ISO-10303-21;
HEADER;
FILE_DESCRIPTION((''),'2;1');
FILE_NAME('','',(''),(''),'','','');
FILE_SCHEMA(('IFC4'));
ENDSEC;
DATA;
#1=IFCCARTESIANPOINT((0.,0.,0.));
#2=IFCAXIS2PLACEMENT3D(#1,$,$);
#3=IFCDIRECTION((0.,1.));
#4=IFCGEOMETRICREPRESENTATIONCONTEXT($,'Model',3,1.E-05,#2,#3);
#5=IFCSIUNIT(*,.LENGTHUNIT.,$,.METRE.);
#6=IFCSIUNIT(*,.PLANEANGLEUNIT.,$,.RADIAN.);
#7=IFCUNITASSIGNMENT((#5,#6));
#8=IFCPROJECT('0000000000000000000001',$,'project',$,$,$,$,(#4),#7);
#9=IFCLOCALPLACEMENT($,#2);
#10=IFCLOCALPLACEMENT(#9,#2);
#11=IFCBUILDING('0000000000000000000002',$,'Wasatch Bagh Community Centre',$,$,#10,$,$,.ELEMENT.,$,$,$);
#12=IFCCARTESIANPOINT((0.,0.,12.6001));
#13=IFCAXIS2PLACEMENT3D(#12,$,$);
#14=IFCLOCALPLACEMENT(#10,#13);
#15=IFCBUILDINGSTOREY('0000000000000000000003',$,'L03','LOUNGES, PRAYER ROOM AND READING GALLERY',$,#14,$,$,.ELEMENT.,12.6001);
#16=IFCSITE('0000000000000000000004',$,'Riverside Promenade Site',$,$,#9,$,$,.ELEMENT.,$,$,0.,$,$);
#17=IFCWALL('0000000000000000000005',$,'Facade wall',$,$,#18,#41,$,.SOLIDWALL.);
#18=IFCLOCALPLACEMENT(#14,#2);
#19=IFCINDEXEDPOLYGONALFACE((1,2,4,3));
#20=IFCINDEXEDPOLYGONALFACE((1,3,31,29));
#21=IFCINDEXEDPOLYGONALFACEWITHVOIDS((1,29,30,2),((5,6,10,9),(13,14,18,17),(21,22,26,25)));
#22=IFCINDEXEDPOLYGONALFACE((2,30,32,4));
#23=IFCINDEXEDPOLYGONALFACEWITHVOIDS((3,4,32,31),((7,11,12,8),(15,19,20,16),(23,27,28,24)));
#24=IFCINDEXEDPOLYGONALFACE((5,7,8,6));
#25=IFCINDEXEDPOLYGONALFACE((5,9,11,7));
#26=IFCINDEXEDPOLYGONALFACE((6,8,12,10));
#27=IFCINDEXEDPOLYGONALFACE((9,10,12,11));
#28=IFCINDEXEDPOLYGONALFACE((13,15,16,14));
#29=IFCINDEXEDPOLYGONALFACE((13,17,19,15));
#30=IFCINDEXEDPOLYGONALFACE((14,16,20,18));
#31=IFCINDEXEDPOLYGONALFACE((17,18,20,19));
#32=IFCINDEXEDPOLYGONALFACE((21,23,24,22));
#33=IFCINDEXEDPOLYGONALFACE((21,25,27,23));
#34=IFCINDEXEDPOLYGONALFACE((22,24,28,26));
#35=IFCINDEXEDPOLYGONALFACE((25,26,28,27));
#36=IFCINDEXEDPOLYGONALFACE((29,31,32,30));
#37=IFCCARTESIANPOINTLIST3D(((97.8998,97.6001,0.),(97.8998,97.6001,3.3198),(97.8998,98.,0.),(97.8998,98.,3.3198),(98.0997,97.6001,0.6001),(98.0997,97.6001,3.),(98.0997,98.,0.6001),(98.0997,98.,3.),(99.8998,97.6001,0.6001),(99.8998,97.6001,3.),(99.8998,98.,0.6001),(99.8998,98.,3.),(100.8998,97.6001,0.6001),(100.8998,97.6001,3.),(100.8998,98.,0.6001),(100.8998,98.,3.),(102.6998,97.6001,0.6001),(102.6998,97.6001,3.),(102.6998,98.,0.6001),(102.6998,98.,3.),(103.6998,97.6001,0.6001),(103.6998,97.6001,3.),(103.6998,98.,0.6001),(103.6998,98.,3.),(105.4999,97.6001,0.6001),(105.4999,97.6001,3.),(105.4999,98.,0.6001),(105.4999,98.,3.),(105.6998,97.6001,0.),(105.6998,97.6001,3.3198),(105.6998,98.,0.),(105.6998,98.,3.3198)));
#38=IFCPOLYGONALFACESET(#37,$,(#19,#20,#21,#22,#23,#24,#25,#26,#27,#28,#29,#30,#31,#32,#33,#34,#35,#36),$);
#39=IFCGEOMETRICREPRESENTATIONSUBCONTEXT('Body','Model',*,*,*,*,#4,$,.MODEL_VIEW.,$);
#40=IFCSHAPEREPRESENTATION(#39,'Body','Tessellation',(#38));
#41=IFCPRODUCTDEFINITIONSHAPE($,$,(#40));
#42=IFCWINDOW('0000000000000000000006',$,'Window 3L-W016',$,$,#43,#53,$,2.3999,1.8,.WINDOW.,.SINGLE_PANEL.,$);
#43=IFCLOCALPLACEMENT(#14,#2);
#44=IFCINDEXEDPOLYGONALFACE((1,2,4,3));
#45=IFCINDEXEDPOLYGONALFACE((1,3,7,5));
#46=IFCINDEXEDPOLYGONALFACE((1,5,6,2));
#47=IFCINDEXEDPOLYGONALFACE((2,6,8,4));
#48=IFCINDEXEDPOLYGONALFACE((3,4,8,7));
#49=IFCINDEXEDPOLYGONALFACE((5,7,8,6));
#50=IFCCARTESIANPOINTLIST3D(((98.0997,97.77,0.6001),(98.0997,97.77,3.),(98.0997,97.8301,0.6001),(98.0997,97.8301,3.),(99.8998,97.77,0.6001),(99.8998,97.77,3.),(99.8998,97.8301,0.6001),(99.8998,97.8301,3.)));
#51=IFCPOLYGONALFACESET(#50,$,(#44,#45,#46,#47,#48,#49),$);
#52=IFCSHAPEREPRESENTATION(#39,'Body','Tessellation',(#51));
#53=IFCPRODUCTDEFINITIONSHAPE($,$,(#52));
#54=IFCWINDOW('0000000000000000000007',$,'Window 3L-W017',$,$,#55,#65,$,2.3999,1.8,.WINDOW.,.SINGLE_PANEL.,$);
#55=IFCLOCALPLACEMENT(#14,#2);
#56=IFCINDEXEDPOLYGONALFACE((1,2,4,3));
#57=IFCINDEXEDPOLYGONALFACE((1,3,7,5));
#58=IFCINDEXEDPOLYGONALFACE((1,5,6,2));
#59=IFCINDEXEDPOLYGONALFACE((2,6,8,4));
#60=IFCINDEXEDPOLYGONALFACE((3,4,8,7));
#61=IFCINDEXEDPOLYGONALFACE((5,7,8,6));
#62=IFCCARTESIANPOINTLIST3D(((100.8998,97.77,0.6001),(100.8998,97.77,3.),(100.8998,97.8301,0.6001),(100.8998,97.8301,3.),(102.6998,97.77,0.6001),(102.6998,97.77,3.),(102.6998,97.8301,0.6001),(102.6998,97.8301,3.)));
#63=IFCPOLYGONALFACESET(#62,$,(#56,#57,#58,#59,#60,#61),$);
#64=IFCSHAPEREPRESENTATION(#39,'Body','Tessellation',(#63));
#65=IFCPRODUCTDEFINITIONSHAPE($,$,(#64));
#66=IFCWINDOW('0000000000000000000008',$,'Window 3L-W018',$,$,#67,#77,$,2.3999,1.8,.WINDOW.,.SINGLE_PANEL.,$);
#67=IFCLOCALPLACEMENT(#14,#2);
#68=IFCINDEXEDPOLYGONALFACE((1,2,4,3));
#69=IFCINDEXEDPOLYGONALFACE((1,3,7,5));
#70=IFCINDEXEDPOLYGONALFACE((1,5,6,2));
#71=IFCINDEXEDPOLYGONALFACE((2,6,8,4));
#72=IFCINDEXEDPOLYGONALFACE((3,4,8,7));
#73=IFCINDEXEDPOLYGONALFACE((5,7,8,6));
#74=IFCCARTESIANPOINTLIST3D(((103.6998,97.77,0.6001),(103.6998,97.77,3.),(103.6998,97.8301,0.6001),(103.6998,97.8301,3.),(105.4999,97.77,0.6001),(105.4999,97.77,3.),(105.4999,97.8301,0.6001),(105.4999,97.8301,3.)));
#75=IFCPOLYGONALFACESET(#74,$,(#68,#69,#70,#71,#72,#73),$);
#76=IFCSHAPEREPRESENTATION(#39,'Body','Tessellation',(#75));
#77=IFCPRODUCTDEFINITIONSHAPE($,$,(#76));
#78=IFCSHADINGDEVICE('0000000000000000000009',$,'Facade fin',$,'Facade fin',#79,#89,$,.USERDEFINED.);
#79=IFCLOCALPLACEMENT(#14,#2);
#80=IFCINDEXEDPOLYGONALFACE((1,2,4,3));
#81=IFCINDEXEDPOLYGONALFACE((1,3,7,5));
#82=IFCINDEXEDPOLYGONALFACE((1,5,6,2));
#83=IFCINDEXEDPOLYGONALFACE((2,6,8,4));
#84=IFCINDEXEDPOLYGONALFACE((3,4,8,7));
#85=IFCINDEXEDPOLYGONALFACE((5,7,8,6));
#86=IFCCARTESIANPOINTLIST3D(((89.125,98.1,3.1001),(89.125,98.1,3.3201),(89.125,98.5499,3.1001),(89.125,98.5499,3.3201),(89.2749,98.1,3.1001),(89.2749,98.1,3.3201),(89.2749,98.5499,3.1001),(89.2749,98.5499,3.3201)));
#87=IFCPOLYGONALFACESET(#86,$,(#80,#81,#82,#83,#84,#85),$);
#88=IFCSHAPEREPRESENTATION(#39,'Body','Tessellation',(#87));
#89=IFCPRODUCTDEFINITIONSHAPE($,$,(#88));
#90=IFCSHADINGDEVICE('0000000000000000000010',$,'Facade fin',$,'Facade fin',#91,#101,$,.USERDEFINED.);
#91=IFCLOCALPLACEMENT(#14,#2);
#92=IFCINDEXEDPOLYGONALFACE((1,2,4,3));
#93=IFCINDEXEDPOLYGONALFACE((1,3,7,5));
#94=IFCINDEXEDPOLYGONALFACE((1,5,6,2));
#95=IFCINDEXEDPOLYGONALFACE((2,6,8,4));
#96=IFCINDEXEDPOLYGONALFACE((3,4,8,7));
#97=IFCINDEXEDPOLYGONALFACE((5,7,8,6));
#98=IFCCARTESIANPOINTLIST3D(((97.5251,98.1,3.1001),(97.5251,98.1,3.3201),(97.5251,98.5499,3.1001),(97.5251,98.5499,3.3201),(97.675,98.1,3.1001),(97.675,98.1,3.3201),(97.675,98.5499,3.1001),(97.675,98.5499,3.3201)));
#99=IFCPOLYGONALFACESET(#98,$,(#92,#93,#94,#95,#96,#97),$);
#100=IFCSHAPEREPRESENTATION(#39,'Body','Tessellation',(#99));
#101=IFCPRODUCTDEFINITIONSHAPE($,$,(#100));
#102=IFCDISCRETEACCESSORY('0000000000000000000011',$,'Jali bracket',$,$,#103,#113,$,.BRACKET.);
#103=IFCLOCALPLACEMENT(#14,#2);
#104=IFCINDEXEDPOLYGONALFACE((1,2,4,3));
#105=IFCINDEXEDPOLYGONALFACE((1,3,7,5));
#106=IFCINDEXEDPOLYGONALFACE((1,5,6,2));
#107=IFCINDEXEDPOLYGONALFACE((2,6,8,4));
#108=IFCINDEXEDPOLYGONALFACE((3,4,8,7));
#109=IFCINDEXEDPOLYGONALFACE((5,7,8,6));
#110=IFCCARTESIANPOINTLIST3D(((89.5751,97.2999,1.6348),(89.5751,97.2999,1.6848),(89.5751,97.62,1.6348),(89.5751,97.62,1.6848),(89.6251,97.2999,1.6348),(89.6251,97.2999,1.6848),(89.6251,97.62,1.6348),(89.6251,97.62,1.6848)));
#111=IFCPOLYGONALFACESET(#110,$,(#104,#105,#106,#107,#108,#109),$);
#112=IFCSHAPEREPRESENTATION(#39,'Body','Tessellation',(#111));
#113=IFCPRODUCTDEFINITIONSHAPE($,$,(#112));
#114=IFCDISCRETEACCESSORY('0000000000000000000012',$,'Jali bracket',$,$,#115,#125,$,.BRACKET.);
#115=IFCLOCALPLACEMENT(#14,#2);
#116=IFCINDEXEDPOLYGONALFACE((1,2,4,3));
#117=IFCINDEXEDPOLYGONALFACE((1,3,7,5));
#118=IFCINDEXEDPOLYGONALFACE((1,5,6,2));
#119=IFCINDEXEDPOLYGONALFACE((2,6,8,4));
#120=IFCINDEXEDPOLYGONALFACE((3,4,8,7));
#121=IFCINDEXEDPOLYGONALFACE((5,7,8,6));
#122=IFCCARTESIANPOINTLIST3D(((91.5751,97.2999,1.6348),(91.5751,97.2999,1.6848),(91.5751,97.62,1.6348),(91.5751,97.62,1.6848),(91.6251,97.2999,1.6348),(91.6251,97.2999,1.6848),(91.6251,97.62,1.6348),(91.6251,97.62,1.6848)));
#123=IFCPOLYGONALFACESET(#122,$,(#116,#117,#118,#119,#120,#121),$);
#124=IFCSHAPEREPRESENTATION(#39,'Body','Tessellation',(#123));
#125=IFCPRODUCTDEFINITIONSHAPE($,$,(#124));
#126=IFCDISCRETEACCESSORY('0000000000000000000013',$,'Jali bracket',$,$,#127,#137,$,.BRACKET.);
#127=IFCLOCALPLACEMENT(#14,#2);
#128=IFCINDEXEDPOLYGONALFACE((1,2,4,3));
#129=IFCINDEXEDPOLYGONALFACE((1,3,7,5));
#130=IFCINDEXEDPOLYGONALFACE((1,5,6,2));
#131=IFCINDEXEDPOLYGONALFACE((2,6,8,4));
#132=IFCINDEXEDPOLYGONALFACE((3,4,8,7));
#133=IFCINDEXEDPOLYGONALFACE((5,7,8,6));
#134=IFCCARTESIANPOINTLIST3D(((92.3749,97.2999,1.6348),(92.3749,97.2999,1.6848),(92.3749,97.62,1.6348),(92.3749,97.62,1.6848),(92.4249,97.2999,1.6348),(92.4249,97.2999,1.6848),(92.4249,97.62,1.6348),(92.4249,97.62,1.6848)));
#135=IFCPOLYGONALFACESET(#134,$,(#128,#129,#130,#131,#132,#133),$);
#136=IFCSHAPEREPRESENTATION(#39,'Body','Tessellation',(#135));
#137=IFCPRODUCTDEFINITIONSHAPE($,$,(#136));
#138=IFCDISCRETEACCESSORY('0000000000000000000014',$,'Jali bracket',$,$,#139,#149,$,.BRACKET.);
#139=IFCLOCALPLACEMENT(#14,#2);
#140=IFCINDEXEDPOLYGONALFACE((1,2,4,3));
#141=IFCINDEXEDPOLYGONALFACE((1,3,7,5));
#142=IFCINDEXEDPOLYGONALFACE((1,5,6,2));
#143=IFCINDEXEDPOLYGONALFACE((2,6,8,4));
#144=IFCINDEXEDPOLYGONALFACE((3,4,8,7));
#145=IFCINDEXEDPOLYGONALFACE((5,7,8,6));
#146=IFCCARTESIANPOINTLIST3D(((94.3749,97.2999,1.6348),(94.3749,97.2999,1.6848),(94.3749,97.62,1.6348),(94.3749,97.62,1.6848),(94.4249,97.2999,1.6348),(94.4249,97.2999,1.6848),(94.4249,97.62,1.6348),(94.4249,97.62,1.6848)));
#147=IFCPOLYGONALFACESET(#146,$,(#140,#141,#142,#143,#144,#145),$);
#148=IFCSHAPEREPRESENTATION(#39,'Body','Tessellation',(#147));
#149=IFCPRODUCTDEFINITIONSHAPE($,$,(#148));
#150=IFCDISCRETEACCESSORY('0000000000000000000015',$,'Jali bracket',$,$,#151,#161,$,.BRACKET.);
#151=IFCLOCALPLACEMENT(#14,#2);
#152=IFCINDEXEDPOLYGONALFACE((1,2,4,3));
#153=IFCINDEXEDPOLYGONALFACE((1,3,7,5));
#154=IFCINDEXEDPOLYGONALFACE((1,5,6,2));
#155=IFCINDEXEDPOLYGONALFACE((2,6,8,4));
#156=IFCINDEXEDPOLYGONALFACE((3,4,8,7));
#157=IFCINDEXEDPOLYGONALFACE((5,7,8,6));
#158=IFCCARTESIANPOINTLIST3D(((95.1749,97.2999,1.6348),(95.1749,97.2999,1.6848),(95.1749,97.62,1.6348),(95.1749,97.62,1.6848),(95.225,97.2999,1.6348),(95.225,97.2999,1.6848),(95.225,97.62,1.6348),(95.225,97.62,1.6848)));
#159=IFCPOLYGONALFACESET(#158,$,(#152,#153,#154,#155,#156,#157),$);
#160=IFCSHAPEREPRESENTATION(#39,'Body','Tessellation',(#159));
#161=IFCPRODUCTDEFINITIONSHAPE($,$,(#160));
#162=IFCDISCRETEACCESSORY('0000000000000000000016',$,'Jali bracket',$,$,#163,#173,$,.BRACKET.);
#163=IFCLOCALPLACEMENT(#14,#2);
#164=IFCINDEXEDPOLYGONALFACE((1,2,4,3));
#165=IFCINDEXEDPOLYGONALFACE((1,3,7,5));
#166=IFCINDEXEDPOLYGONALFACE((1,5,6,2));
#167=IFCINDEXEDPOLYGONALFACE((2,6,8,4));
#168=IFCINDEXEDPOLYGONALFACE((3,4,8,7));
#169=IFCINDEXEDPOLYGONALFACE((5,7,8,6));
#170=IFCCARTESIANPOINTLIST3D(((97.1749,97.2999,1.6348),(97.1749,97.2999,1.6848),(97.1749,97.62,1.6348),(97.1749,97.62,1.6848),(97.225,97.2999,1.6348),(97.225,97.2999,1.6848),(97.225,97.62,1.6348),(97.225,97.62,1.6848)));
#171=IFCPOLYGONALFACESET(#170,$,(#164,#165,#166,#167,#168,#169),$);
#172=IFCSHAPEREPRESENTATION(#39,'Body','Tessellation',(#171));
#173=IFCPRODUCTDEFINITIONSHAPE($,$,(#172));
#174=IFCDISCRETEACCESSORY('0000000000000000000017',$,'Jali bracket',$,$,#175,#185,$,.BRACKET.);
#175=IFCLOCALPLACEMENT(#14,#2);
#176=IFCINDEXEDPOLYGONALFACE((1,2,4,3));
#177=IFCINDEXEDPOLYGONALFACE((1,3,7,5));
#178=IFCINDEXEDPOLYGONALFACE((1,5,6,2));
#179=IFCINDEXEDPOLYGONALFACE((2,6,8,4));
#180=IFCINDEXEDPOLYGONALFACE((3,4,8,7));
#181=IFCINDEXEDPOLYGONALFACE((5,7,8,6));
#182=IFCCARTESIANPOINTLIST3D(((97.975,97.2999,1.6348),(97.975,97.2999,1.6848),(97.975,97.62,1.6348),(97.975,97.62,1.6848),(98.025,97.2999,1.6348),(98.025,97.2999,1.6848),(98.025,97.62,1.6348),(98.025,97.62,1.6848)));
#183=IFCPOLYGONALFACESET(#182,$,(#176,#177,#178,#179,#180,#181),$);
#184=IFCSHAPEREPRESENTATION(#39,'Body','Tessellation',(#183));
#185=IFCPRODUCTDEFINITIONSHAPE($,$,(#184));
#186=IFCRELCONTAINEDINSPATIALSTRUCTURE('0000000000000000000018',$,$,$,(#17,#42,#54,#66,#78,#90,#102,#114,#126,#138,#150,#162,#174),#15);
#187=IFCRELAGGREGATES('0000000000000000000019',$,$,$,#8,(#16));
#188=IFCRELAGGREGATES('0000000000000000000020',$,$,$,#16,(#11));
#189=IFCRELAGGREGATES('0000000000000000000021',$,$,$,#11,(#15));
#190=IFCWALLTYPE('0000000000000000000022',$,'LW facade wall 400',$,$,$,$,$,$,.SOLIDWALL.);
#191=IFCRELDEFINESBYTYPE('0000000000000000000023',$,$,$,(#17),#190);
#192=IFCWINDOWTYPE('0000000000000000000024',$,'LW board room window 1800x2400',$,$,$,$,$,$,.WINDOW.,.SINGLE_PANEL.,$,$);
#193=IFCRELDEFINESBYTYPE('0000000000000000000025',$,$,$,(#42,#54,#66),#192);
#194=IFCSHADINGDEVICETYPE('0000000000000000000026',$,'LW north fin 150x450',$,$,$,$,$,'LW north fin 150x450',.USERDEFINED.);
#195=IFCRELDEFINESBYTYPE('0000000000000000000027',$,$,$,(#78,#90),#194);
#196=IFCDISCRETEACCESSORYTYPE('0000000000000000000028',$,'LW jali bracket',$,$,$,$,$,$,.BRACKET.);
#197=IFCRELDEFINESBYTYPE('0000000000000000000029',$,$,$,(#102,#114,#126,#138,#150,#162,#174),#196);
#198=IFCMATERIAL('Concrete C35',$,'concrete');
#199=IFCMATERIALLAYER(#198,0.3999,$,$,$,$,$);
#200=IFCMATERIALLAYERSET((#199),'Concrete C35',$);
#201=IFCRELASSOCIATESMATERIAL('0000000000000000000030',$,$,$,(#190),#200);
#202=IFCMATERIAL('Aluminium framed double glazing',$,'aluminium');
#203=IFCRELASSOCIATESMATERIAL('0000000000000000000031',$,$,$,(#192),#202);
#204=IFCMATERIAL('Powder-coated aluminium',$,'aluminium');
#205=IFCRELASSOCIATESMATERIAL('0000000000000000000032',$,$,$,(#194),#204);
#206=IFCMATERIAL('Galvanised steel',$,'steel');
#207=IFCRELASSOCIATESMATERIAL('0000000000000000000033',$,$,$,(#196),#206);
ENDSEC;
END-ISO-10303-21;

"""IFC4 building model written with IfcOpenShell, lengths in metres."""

from ifc_helpers import new_model, si_unit, direction, frame, frame_2d, origin, origin_2d, place, context, subcontext, project, spatial, rectangle, extrude, material, layer, layer_set, type_object, element, fill, save


model = new_model("IFC4")

# Units and contexts
model_context = context("Model", 3, precision=1e-05, world=origin(), true_north=direction((0.0, 1.0)))
body_context = subcontext(model_context, "Body", "Model", "MODEL_VIEW")
ifc_project = project(units=[si_unit("LENGTHUNIT", "METRE"), si_unit("PLANEANGLEUNIT", "RADIAN")], contexts=[model_context])

# Site, building, storey
site_placement = place(None, origin())
site = spatial("IfcSite", under=ifc_project, at=site_placement, Name="Riverside Promenade Site", CompositionType="ELEMENT", RefElevation=0.0)
building_placement = place(site_placement, origin())
building = spatial("IfcBuilding", under=site, at=building_placement, Name="Wasatch Bagh Community Centre", CompositionType="ELEMENT")
storey_placement = place(building_placement, frame((0.0, 0.0, 12.6001)))
storey = spatial("IfcBuildingStorey", under=building, at=storey_placement, Name="L03", Description="LOUNGES, PRAYER ROOM AND READING GALLERY", CompositionType="ELEMENT", Elevation=12.6001)

# Shared definitions
ifc_material_1 = material(Name="Concrete C35", Category="concrete")

# Wall, openings, windows
ifc_layer = layer(ifc_material_1, 0.3999)
ifc_layer_set = layer_set([ifc_layer], Name="Concrete C35")
wall_type = type_object("IfcWallType", Name="LW facade wall 400", PredefinedType="SOLIDWALL", material=ifc_layer_set)
ifc_material_2 = material(Name="Aluminium framed double glazing", Category="aluminium")
wall_1_placement = place(storey_placement, frame((97.8999, 97.8, 0.0), z_axis=(0.0, 0.0, 1.0), x_axis=(1.0, 0.0, 0.0)))
wall_1 = element("IfcWall", 1, at=wall_1_placement, inside=storey, type_object=wall_type, Name="Facade wall", PredefinedType="SOLIDWALL", context=body_context, shape_type="SweptSolid", body=[
    extrude(rectangle(XDim=7.8, YDim=0.3999, at=frame_2d((3.8999, 0.0))), origin(), (0.0, 0.0, 1.0), 3.3198),
])
opening_1_placement = place(wall_1_placement, frame((0.2, 0.0, 0.6001)))
opening_1 = element("IfcOpeningElement", 2, at=opening_1_placement, cuts=wall_1, PredefinedType="OPENING", context=body_context, shape_type="SweptSolid", body=[
    extrude(rectangle(XDim=1.8, YDim=2.3999, at=frame_2d((0.8999, 1.2))), frame((0.0, 0.21, 0.0), z_axis=(0.0, -1.0, 0.0), x_axis=(1.0, 0.0, 0.0)), (0.0, 0.0, 1.0), 0.4199),
])
opening_2_placement = place(wall_1_placement, frame((3.0, 0.0, 0.6001)))
opening_2 = element("IfcOpeningElement", 3, at=opening_2_placement, cuts=wall_1, PredefinedType="OPENING", context=body_context, shape_type="SweptSolid", body=[
    extrude(rectangle(XDim=1.8, YDim=2.3999, at=frame_2d((0.8999, 1.2))), frame((0.0, 0.21, 0.0), z_axis=(0.0, -1.0, 0.0), x_axis=(1.0, 0.0, 0.0)), (0.0, 0.0, 1.0), 0.4199),
])
opening_3_placement = place(wall_1_placement, frame((5.8, 0.0, 0.6001)))
opening_3 = element("IfcOpeningElement", 4, at=opening_3_placement, cuts=wall_1, PredefinedType="OPENING", context=body_context, shape_type="SweptSolid", body=[
    extrude(rectangle(XDim=1.8, YDim=2.3999, at=frame_2d((0.8999, 1.2))), frame((0.0, 0.21, 0.0), z_axis=(0.0, -1.0, 0.0), x_axis=(1.0, 0.0, 0.0)), (0.0, 0.0, 1.0), 0.4199),
])
window_type_1 = type_object("IfcWindowType", Name="LW board room window 1800x2400", PartitioningType="SINGLE_PANEL", PredefinedType="WINDOW", material=ifc_material_2)
window_1_placement = place(opening_1_placement, origin())
window_1 = element("IfcWindow", 5, at=window_1_placement, inside=storey, type_object=window_type_1, Name="Window 3L-W016", OverallHeight=2.3999, OverallWidth=1.8, PartitioningType="SINGLE_PANEL", PredefinedType="WINDOW", context=body_context, shape_type="SweptSolid", body=[
    extrude(rectangle(XDim=1.8, YDim=2.3999, at=frame_2d((0.8999, 1.2))), frame((0.0, 0.03, 0.0), z_axis=(0.0, -1.0, 0.0), x_axis=(1.0, 0.0, 0.0)), (0.0, 0.0, 1.0), 0.0601),
])
fill(opening_1, window_1)
window_2_placement = place(opening_2_placement, origin())
window_2 = element("IfcWindow", 6, at=window_2_placement, inside=storey, type_object=window_type_1, Name="Window 3L-W017", OverallHeight=2.3999, OverallWidth=1.8, PartitioningType="SINGLE_PANEL", PredefinedType="WINDOW", context=body_context, shape_type="SweptSolid", body=[
    extrude(rectangle(XDim=1.8, YDim=2.3999, at=frame_2d((0.8999, 1.2))), frame((0.0, 0.03, 0.0), z_axis=(0.0, -1.0, 0.0), x_axis=(1.0, 0.0, 0.0)), (0.0, 0.0, 1.0), 0.0601),
])
fill(opening_2, window_2)
window_3_placement = place(opening_3_placement, origin())
window_3 = element("IfcWindow", 7, at=window_3_placement, inside=storey, type_object=window_type_1, Name="Window 3L-W018", OverallHeight=2.3999, OverallWidth=1.8, PartitioningType="SINGLE_PANEL", PredefinedType="WINDOW", context=body_context, shape_type="SweptSolid", body=[
    extrude(rectangle(XDim=1.8, YDim=2.3999, at=frame_2d((0.8999, 1.2))), frame((0.0, 0.03, 0.0), z_axis=(0.0, -1.0, 0.0), x_axis=(1.0, 0.0, 0.0)), (0.0, 0.0, 1.0), 0.0601),
])
fill(opening_3, window_3)

# Shading devices
ifc_material_3 = material(Name="Powder-coated aluminium", Category="aluminium")
shading_device_type = type_object("IfcShadingDeviceType", Name="LW north fin 150x450", ElementType="LW north fin 150x450", PredefinedType="USERDEFINED", material=ifc_material_3)
for number, where, z_axis, x_axis, name in (
    (8, (89.2, 98.325, 3.1001), (0.0, 0.0, 1.0), (1.0, 0.0, 0.0), "Facade fin"),
    (9, (97.6001, 98.325, 3.1001), (0.0, 0.0, 1.0), (1.0, 0.0, 0.0), "Facade fin"),
):
    element("IfcShadingDevice", number, at=place(storey_placement, frame(where, z_axis=z_axis, x_axis=x_axis)), inside=storey, type_object=shading_device_type, Name=name, ObjectType="Facade fin", PredefinedType="USERDEFINED", context=body_context, shape_type="SweptSolid", body=[
        extrude(rectangle(XDim=0.1499, YDim=0.45, at=origin_2d()), origin(), (0.0, 0.0, 1.0), 0.22),
    ])

# Discrete accessories
ifc_material_4 = material(Name="Galvanised steel", Category="steel")
discrete_accessory_type = type_object("IfcDiscreteAccessoryType", Name="LW jali bracket", PredefinedType="BRACKET", material=ifc_material_4)
for number, where, z_axis, x_axis, name in (
    (10, (89.6001, 97.46, 1.6348), (0.0, 0.0, 1.0), (1.0, 0.0, 0.0), "Jali bracket"),
    (11, (91.6001, 97.46, 1.6348), (0.0, 0.0, 1.0), (1.0, 0.0, 0.0), "Jali bracket"),
    (12, (92.3999, 97.46, 1.6348), (0.0, 0.0, 1.0), (1.0, 0.0, 0.0), "Jali bracket"),
    (13, (94.3999, 97.46, 1.6348), (0.0, 0.0, 1.0), (1.0, 0.0, 0.0), "Jali bracket"),
    (14, (95.2, 97.46, 1.6348), (0.0, 0.0, 1.0), (1.0, 0.0, 0.0), "Jali bracket"),
    (15, (97.2, 97.46, 1.6348), (0.0, 0.0, 1.0), (1.0, 0.0, 0.0), "Jali bracket"),
    (16, (98.0, 97.46, 1.6348), (0.0, 0.0, 1.0), (1.0, 0.0, 0.0), "Jali bracket"),
):
    element("IfcDiscreteAccessory", number, at=place(storey_placement, frame(where, z_axis=z_axis, x_axis=x_axis)), inside=storey, type_object=discrete_accessory_type, Name=name, PredefinedType="BRACKET", context=body_context, shape_type="SweptSolid", body=[
        extrude(rectangle(XDim=0.05, YDim=0.3201, at=origin_2d()), origin(), (0.0, 0.0, 1.0), 0.05),
    ])

save(model, "model.ifc")
